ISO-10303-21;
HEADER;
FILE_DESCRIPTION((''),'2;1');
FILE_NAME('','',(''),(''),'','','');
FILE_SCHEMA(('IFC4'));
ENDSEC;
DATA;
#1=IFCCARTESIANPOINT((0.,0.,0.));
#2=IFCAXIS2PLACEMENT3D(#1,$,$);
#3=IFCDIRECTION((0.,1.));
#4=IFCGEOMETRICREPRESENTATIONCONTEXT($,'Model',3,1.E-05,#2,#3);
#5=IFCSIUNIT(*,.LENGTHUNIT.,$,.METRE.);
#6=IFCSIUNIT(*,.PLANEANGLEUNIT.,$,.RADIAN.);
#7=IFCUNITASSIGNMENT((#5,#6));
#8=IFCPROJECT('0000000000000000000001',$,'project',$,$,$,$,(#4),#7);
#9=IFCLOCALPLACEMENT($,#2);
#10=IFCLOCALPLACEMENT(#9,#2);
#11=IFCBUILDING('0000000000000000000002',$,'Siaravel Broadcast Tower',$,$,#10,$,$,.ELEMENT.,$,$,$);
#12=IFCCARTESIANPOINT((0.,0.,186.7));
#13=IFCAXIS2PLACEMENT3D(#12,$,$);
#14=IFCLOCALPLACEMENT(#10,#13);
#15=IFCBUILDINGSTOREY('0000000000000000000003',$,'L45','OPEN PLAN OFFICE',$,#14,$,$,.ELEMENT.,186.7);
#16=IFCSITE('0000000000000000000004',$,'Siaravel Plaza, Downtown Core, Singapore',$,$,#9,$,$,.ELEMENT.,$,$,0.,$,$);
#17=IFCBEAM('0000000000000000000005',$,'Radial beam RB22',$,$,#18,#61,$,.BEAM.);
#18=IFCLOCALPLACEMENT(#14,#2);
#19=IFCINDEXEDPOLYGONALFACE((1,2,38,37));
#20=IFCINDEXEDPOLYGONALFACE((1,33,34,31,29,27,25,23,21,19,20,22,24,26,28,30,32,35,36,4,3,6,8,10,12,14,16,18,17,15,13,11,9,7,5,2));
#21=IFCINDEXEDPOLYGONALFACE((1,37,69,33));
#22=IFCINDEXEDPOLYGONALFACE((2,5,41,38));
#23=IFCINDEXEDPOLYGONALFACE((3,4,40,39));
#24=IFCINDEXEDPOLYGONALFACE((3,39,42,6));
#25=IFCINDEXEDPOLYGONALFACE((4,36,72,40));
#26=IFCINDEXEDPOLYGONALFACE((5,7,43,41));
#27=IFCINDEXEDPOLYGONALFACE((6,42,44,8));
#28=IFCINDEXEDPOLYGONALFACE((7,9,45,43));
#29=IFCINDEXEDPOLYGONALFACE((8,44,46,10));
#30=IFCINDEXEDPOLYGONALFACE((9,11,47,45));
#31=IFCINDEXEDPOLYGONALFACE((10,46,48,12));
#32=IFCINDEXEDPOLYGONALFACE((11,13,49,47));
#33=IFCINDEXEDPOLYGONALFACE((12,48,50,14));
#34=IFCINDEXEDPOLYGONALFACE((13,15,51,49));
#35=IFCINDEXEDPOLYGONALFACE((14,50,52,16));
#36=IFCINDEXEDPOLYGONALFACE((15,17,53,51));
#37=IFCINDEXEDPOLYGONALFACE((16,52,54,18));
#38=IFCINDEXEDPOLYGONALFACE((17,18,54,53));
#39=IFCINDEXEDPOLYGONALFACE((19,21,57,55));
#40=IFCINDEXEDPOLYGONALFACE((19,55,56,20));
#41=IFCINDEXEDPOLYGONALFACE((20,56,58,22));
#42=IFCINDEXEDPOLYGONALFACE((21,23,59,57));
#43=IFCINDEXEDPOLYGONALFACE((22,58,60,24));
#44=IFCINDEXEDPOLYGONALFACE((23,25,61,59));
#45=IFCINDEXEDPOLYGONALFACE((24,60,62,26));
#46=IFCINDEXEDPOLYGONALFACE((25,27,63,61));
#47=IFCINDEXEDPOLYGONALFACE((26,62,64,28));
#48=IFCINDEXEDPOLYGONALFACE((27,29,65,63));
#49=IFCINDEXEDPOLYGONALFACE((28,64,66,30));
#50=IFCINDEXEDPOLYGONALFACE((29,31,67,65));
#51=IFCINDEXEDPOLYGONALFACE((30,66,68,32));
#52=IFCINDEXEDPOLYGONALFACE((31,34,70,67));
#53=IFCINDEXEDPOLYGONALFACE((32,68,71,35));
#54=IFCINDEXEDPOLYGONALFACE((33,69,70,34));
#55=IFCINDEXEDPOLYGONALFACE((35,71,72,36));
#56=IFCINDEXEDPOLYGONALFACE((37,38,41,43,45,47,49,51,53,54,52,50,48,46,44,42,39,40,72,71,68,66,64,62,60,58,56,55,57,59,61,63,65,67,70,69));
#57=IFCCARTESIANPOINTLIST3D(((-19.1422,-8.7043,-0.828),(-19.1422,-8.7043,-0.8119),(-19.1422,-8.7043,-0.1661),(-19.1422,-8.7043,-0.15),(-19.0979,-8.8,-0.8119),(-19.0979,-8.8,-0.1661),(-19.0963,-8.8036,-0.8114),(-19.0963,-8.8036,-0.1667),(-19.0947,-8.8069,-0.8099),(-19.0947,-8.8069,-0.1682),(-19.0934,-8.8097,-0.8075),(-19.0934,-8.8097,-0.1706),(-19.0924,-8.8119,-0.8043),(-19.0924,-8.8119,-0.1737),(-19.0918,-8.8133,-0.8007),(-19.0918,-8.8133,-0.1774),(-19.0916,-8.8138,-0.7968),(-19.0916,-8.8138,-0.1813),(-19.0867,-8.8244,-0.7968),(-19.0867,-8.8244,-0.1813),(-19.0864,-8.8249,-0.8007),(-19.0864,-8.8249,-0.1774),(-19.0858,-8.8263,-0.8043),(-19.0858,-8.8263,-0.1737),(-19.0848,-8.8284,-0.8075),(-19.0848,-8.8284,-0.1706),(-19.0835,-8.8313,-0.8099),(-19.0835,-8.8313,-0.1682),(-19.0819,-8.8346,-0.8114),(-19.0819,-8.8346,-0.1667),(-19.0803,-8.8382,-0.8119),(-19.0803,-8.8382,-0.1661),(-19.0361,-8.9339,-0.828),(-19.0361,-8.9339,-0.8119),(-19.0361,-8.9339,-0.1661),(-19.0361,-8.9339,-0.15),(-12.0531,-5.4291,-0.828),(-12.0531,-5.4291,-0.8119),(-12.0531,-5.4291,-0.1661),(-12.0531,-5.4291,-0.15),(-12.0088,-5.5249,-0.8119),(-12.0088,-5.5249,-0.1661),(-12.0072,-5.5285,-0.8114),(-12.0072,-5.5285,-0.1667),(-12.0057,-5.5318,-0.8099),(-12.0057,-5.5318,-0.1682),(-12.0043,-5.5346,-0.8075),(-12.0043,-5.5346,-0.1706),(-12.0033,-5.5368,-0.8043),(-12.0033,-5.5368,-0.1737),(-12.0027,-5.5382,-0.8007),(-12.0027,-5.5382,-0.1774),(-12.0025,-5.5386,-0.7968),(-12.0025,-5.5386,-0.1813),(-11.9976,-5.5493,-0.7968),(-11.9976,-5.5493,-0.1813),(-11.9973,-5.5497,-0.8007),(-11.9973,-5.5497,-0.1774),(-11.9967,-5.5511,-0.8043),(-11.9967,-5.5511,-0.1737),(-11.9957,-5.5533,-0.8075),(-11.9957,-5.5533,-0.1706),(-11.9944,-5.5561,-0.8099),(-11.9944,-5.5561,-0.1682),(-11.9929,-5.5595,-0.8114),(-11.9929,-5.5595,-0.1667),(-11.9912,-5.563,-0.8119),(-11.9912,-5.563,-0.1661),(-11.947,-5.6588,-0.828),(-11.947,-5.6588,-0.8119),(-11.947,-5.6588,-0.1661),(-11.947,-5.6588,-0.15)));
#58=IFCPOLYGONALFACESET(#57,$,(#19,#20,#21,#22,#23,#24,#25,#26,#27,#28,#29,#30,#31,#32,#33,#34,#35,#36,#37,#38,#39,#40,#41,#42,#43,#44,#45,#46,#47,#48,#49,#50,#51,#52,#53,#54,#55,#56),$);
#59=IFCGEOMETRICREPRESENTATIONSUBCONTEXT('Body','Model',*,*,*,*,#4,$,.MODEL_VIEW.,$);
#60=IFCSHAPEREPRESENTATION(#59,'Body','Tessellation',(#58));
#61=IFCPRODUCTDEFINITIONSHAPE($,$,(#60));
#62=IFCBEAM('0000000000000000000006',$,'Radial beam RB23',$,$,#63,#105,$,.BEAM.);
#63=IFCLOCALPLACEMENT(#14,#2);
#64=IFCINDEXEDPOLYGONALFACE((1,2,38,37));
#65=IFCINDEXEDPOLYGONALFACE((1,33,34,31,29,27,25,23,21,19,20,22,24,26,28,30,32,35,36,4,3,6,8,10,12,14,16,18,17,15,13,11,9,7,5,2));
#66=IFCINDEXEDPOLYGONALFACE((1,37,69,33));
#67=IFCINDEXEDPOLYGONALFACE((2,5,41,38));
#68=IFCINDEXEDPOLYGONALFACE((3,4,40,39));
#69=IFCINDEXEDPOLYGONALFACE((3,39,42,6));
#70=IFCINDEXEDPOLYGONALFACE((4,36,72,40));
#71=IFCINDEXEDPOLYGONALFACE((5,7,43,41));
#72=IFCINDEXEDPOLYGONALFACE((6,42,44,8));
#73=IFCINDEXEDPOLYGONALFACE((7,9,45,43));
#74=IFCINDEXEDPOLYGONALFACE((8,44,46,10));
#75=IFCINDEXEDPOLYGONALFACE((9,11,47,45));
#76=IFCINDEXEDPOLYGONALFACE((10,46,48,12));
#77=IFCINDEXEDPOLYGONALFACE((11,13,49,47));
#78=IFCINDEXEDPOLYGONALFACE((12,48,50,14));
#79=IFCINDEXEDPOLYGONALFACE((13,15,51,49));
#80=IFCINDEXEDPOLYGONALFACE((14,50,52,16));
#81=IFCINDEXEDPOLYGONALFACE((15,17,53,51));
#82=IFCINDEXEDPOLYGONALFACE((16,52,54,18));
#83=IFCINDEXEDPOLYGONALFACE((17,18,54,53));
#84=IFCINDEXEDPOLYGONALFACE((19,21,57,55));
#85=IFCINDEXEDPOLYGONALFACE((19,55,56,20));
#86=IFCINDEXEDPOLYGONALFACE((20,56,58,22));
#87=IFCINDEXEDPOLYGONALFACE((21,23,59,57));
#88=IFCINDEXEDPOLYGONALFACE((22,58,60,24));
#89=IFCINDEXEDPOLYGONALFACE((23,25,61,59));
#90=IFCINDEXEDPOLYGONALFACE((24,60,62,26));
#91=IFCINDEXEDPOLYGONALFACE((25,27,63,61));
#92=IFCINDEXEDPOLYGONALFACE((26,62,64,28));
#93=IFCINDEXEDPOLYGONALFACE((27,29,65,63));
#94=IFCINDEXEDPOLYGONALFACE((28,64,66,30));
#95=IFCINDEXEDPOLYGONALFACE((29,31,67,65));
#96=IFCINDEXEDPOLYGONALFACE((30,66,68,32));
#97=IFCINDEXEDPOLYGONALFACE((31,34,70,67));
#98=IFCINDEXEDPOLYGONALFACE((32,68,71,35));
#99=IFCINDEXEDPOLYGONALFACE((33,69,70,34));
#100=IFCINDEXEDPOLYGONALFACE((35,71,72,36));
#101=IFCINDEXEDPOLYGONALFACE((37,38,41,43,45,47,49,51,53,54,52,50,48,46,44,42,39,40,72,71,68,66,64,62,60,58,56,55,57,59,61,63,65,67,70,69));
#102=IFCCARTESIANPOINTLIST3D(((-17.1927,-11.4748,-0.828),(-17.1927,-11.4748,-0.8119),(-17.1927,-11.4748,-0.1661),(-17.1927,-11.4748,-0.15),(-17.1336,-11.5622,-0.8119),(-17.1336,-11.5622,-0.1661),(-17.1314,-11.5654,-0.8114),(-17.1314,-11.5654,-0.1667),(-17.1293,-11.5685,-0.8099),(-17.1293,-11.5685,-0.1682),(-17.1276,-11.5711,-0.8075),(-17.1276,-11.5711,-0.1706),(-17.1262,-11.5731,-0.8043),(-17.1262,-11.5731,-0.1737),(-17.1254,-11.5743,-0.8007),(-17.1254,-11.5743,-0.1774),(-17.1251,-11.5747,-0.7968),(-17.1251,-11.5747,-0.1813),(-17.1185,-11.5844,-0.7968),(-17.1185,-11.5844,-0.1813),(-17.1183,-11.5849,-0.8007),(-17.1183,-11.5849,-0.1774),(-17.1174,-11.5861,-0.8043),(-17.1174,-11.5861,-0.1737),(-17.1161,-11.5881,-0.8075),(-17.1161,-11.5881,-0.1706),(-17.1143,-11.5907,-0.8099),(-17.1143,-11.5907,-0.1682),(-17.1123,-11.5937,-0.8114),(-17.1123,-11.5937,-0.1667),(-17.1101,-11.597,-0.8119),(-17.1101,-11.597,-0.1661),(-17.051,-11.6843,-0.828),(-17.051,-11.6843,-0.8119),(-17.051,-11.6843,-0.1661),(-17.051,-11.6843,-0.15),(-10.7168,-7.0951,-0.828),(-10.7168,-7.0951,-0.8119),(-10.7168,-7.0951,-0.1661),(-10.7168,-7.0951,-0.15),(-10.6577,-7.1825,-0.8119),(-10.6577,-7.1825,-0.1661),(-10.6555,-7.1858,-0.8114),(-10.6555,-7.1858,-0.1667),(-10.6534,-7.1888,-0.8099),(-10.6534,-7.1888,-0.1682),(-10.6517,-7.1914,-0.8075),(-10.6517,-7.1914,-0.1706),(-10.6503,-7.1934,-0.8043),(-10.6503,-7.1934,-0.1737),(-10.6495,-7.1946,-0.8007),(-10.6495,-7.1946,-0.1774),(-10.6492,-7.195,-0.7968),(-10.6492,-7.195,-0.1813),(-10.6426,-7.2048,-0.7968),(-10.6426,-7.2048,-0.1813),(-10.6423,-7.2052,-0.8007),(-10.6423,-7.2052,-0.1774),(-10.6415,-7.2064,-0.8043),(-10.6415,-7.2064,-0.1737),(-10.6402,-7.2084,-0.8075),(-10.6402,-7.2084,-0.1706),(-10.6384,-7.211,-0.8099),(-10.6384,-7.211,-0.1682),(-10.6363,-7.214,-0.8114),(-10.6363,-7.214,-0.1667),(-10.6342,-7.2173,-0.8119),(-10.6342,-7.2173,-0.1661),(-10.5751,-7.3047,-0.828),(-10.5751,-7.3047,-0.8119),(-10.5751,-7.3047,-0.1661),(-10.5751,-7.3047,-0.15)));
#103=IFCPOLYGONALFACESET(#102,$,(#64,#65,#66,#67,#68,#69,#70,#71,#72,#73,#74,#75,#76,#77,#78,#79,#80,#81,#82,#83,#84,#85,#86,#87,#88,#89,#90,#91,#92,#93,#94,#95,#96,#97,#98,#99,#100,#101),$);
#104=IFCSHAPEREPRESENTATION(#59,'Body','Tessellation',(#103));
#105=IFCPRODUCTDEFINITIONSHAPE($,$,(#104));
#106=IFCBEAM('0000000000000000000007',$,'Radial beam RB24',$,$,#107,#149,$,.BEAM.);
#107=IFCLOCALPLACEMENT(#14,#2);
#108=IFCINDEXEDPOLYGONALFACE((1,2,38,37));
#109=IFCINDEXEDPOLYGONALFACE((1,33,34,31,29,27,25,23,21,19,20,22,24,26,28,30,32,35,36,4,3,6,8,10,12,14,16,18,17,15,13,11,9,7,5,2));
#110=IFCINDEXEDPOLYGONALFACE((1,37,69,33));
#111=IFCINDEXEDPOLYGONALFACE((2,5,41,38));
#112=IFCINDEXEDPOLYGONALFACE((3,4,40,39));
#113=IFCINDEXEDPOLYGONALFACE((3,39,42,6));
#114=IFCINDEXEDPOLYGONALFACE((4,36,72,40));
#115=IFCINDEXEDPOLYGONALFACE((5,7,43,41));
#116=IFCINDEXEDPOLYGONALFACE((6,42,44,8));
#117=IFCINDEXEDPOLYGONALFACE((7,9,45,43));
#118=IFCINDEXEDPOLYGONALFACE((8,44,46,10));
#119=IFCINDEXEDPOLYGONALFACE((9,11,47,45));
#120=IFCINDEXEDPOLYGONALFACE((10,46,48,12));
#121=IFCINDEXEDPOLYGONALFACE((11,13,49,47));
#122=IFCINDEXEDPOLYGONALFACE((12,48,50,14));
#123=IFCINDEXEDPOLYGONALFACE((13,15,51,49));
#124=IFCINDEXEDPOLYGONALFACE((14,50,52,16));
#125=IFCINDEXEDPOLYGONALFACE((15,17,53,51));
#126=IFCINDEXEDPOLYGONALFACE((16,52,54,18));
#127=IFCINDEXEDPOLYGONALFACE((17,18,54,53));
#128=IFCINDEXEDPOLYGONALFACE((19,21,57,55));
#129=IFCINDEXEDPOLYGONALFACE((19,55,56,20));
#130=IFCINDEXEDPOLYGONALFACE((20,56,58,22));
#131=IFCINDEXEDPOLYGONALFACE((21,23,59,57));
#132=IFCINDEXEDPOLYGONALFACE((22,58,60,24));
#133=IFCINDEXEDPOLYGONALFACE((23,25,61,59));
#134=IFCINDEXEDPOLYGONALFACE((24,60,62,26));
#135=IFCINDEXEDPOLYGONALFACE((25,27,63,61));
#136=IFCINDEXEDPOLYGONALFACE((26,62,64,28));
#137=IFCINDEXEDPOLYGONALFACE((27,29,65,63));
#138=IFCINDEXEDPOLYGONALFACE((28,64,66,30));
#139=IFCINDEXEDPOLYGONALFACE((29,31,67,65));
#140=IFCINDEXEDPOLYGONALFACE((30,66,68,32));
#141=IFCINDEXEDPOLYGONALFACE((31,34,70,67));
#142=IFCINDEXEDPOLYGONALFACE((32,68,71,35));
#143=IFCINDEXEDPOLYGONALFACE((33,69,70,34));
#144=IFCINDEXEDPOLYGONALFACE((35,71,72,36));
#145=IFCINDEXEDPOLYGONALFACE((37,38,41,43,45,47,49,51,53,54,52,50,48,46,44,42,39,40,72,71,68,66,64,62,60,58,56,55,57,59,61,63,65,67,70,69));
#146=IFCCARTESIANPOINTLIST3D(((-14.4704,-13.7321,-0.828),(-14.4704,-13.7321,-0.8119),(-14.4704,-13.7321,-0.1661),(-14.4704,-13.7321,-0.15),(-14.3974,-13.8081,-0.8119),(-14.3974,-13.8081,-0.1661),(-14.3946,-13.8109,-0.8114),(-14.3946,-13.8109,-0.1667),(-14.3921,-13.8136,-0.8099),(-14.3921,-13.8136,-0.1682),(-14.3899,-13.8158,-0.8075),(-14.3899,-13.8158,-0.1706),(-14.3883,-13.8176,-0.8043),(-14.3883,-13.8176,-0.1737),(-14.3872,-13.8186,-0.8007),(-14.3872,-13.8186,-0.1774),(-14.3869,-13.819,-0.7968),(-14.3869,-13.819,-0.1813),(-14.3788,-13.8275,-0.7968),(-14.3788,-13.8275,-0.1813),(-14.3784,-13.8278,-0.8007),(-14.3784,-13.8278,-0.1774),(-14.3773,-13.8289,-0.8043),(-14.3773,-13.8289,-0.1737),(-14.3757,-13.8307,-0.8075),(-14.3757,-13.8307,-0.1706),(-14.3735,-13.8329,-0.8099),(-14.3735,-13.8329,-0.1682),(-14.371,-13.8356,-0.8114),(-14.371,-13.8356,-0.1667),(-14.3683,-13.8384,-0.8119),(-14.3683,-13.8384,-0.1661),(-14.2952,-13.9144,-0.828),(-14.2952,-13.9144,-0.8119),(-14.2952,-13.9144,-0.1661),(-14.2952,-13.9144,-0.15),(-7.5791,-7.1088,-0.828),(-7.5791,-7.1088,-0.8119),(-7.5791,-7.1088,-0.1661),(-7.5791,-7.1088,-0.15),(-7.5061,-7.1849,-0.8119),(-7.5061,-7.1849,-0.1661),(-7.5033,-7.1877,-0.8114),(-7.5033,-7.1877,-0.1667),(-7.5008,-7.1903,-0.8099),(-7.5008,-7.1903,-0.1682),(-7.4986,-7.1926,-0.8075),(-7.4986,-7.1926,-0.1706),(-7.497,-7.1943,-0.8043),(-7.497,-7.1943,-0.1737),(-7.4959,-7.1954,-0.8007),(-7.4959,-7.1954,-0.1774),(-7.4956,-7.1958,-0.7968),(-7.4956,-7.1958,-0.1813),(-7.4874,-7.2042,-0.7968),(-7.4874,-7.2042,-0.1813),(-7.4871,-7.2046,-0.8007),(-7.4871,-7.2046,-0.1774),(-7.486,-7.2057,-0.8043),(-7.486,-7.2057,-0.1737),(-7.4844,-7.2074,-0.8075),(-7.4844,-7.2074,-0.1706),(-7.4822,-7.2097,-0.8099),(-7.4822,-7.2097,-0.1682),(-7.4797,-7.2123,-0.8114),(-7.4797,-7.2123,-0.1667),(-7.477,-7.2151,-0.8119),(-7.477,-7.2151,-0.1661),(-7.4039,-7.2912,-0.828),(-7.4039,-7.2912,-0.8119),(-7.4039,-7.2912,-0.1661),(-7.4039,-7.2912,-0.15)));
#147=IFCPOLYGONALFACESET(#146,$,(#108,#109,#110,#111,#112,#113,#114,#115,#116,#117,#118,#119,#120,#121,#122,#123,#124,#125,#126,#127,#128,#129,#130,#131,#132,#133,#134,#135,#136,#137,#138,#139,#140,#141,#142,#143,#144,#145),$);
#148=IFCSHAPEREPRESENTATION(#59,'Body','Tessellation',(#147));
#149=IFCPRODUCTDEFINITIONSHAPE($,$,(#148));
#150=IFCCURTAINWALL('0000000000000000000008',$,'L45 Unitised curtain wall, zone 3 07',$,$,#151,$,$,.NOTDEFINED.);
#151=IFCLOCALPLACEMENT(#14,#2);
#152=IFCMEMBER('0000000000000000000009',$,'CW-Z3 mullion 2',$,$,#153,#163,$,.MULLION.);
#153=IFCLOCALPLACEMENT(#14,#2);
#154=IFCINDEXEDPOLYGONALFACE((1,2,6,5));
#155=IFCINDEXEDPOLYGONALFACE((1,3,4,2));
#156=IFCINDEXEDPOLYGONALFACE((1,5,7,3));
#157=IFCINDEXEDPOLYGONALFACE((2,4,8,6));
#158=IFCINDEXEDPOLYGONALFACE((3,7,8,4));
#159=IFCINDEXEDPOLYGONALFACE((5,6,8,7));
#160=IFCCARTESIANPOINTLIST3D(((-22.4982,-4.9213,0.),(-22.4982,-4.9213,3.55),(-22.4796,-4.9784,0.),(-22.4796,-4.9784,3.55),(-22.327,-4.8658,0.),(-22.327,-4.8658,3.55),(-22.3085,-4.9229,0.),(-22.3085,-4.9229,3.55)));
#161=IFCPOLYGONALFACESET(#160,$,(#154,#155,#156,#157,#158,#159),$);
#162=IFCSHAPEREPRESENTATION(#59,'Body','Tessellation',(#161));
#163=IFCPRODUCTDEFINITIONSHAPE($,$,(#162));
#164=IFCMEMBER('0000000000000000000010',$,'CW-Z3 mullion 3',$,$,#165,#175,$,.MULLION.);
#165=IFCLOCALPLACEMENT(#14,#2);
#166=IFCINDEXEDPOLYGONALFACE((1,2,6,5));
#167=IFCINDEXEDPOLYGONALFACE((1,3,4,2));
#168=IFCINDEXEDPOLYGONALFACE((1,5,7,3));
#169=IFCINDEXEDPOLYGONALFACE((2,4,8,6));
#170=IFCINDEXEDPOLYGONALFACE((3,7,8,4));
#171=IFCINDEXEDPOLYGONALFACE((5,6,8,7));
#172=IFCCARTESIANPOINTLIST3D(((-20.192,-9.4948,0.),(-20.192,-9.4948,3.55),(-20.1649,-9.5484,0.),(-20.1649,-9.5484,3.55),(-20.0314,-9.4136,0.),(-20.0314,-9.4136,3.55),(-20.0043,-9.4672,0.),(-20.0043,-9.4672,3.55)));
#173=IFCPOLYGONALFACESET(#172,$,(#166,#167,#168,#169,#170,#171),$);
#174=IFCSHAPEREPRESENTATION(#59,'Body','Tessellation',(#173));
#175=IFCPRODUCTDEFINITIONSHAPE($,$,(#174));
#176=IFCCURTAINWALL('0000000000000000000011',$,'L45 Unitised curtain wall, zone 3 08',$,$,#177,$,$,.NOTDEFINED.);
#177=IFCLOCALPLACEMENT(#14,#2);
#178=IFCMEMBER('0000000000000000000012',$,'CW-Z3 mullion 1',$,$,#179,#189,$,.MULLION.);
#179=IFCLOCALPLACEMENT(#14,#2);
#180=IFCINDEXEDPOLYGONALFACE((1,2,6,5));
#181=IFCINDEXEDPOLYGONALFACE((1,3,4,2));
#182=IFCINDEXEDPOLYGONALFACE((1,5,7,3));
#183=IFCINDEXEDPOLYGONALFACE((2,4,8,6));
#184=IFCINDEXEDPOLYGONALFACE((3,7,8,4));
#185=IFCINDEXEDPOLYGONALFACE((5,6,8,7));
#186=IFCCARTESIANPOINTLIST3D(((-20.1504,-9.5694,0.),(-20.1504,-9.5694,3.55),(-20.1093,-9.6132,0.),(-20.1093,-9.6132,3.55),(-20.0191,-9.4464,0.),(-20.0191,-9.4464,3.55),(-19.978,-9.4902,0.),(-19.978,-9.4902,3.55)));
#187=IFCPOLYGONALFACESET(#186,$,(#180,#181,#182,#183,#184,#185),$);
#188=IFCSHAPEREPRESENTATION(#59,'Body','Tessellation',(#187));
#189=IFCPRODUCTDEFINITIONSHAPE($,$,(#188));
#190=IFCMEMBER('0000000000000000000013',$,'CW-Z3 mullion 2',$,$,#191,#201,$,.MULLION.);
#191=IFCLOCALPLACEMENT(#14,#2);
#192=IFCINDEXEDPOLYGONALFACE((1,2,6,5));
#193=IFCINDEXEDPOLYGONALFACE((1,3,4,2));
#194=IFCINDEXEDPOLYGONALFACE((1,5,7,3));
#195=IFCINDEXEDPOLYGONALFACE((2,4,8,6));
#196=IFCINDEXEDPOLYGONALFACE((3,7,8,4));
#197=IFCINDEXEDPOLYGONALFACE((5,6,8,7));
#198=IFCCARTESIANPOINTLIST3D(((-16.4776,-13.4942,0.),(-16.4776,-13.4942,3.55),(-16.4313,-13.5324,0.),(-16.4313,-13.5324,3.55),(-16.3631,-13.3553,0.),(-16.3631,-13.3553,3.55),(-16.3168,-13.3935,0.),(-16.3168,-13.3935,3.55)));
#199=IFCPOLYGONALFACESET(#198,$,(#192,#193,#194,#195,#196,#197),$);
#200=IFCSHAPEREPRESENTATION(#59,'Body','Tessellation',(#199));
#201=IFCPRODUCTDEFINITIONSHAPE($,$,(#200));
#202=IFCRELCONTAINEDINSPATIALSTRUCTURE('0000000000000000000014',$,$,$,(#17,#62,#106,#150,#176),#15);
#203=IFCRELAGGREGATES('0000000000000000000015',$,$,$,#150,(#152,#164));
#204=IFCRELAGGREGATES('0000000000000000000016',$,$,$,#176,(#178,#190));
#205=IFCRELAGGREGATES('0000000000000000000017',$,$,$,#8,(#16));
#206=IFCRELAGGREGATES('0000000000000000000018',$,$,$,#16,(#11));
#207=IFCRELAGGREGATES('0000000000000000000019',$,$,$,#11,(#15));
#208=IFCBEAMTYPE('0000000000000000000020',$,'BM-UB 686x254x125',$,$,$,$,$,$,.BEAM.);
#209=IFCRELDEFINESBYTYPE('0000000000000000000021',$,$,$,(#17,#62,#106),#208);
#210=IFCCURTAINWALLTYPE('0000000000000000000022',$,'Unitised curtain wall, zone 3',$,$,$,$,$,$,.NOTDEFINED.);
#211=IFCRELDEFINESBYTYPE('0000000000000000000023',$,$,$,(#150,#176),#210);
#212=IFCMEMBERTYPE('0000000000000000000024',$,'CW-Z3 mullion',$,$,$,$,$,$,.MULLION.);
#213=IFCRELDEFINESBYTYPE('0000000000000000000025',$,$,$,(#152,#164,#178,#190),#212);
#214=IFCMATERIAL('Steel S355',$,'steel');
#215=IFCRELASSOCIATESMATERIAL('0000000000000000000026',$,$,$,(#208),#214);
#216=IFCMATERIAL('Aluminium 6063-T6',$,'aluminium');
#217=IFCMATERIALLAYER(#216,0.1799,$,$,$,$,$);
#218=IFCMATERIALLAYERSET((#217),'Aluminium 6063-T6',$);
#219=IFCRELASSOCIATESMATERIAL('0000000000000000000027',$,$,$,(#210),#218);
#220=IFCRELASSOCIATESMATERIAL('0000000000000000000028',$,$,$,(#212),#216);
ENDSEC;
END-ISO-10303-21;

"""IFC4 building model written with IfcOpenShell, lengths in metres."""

from ifc_helpers import new_model, si_unit, direction, frame, origin, origin_2d, place, context, subcontext, project, spatial, rectangle, i_section, extrude, material, layer, layer_set, material_profile, profile_set, type_object, element, aggregate, save


model = new_model("IFC4")

# Units and contexts
model_context = context("Model", 3, precision=1e-05, world=origin(), true_north=direction((0.0, 1.0)))
body_context = subcontext(model_context, "Body", "Model", "MODEL_VIEW")
ifc_project = project(units=[si_unit("LENGTHUNIT", "METRE"), si_unit("PLANEANGLEUNIT", "RADIAN")], contexts=[model_context])

# Site, building, storey
site_placement = place(None, origin())
site = spatial("IfcSite", under=ifc_project, at=site_placement, Name="Siaravel Plaza, Downtown Core, Singapore", CompositionType="ELEMENT", RefElevation=0.0)
building_placement = place(site_placement, origin())
building = spatial("IfcBuilding", under=site, at=building_placement, Name="Siaravel Broadcast Tower", CompositionType="ELEMENT")
storey_placement = place(building_placement, frame((0.0, 0.0, 186.7)))
storey = spatial("IfcBuildingStorey", under=building, at=storey_placement, Name="L45", Description="OPEN PLAN OFFICE", CompositionType="ELEMENT", Elevation=186.7)

# Beams
ifc_material_1 = material(Name="Steel S355", Category="steel")
ifc_material_profile_1 = material_profile(ifc_material_1, i_section(OverallWidth=0.2529, OverallDepth=0.678, WebThickness=0.0117, FlangeThickness=0.0161, FilletRadius=0.0151, at=origin_2d()))
ifc_profile_set_1 = profile_set([ifc_material_profile_1], Name="Steel S355")
beam_type = type_object("IfcBeamType", Name="BM-UB 686x254x125", PredefinedType="BEAM", material=ifc_profile_set_1)
beam_1_placement = place(storey_placement, frame((-19.0891, -8.8191, -0.489), z_axis=(0.907801, 0.419401, 0.0), x_axis=(-0.419401, 0.907801, 0.0)))
element("IfcBeam", 1, at=beam_1_placement, inside=storey, type_object=beam_type, Name="Radial beam RB22", PredefinedType="BEAM", context=body_context, shape_type="SweptSolid", body=[
    extrude(i_section(OverallWidth=0.2529, OverallDepth=0.678, WebThickness=0.0117, FlangeThickness=0.0161, FilletRadius=0.0151, at=origin_2d()), origin(), (0.0, 0.0, 1.0), 7.8091),
])
beam_2_placement = place(storey_placement, frame((-17.1218, -11.5796, -0.489), z_axis=(0.828347, 0.560215, 0.0), x_axis=(-0.560215, 0.828347, 0.0)))
element("IfcBeam", 2, at=beam_2_placement, inside=storey, type_object=beam_type, Name="Radial beam RB23", PredefinedType="BEAM", context=body_context, shape_type="SweptSolid", body=[
    extrude(i_section(OverallWidth=0.2529, OverallDepth=0.678, WebThickness=0.0117, FlangeThickness=0.0161, FilletRadius=0.0151, at=origin_2d()), origin(), (0.0, 0.0, 1.0), 7.8179),
])
beam_3_placement = place(storey_placement, frame((-14.3828, -13.8232, -0.489), z_axis=(0.720991, 0.692945, 0.0), x_axis=(-0.692945, 0.720991, 0.0)))
element("IfcBeam", 3, at=beam_3_placement, inside=storey, type_object=beam_type, Name="Radial beam RB24", PredefinedType="BEAM", context=body_context, shape_type="SweptSolid", body=[
    extrude(i_section(OverallWidth=0.2529, OverallDepth=0.678, WebThickness=0.0117, FlangeThickness=0.0161, FilletRadius=0.0151, at=origin_2d()), origin(), (0.0, 0.0, 1.0), 9.5581),
])

# Curtain walls, members
ifc_material_2 = material(Name="Aluminium 6063-T6", Category="aluminium")
ifc_layer_1 = layer(ifc_material_2, 0.1799)
ifc_layer_set_1 = layer_set([ifc_layer_1], Name="Aluminium 6063-T6")
curtain_wall_type = type_object("IfcCurtainWallType", Name="Unitised curtain wall, zone 3", PredefinedType="NOTDEFINED", material=ifc_layer_set_1)
curtain_wall_1_placement = place(storey_placement, origin())
curtain_wall_1 = element("IfcCurtainWall", 4, at=curtain_wall_1_placement, inside=storey, type_object=curtain_wall_type, Name="L45 Unitised curtain wall, zone 3 07", PredefinedType="NOTDEFINED")
ifc_material_profile_2 = material_profile(ifc_material_2, rectangle(XDim=0.1799, YDim=0.0601, at=origin_2d()))
ifc_profile_set_2 = profile_set([ifc_material_profile_2], Name="Aluminium 6063-T6")
member_type_1 = type_object("IfcMemberType", Name="CW-Z3 mullion", PredefinedType="MULLION", material=ifc_profile_set_2)
member_1_placement = place(storey_placement, frame((-22.4033, -4.9221, 0.0), z_axis=(0.0, 0.0, 1.0), x_axis=(0.951177, 0.308645, 0.0)))
member_1 = element("IfcMember", 5, at=member_1_placement, type_object=member_type_1, Name="CW-Z3 mullion 2", PredefinedType="MULLION", context=body_context, shape_type="SweptSolid", body=[
    extrude(rectangle(XDim=0.1799, YDim=0.0601, at=origin_2d()), origin(), (0.0, 0.0, 1.0), 3.55),
])
member_2_placement = place(storey_placement, frame((-20.0981, -9.481, 0.0), z_axis=(0.0, 0.0, 1.0), x_axis=(0.892392, 0.451261, 0.0)))
member_2 = element("IfcMember", 6, at=member_2_placement, type_object=member_type_1, Name="CW-Z3 mullion 3", PredefinedType="MULLION", context=body_context, shape_type="SweptSolid", body=[
    extrude(rectangle(XDim=0.1799, YDim=0.0601, at=origin_2d()), origin(), (0.0, 0.0, 1.0), 3.55),
])
curtain_wall_2_placement = place(storey_placement, origin())
curtain_wall_2 = element("IfcCurtainWall", 7, at=curtain_wall_2_placement, inside=storey, type_object=curtain_wall_type, Name="L45 Unitised curtain wall, zone 3 08", PredefinedType="NOTDEFINED")
member_3_placement = place(storey_placement, frame((-20.0642, -9.5298, 0.0), z_axis=(0.0, 0.0, 1.0), x_axis=(0.729805, 0.683655, 0.0)))
member_3 = element("IfcMember", 8, at=member_3_placement, type_object=member_type_1, Name="CW-Z3 mullion 1", PredefinedType="MULLION", context=body_context, shape_type="SweptSolid", body=[
    extrude(rectangle(XDim=0.1799, YDim=0.0601, at=origin_2d()), origin(), (0.0, 0.0, 1.0), 3.55),
])
member_4_placement = place(storey_placement, frame((-16.3972, -13.4438, 0.0), z_axis=(0.0, 0.0, 1.0), x_axis=(0.636218, 0.771509, 0.0)))
member_4 = element("IfcMember", 9, at=member_4_placement, type_object=member_type_1, Name="CW-Z3 mullion 2", PredefinedType="MULLION", context=body_context, shape_type="SweptSolid", body=[
    extrude(rectangle(XDim=0.1799, YDim=0.0601, at=origin_2d()), origin(), (0.0, 0.0, 1.0), 3.55),
])

aggregate(curtain_wall_1, [member_1, member_2])
aggregate(curtain_wall_2, [member_3, member_4])

save(model, "model.ifc")
